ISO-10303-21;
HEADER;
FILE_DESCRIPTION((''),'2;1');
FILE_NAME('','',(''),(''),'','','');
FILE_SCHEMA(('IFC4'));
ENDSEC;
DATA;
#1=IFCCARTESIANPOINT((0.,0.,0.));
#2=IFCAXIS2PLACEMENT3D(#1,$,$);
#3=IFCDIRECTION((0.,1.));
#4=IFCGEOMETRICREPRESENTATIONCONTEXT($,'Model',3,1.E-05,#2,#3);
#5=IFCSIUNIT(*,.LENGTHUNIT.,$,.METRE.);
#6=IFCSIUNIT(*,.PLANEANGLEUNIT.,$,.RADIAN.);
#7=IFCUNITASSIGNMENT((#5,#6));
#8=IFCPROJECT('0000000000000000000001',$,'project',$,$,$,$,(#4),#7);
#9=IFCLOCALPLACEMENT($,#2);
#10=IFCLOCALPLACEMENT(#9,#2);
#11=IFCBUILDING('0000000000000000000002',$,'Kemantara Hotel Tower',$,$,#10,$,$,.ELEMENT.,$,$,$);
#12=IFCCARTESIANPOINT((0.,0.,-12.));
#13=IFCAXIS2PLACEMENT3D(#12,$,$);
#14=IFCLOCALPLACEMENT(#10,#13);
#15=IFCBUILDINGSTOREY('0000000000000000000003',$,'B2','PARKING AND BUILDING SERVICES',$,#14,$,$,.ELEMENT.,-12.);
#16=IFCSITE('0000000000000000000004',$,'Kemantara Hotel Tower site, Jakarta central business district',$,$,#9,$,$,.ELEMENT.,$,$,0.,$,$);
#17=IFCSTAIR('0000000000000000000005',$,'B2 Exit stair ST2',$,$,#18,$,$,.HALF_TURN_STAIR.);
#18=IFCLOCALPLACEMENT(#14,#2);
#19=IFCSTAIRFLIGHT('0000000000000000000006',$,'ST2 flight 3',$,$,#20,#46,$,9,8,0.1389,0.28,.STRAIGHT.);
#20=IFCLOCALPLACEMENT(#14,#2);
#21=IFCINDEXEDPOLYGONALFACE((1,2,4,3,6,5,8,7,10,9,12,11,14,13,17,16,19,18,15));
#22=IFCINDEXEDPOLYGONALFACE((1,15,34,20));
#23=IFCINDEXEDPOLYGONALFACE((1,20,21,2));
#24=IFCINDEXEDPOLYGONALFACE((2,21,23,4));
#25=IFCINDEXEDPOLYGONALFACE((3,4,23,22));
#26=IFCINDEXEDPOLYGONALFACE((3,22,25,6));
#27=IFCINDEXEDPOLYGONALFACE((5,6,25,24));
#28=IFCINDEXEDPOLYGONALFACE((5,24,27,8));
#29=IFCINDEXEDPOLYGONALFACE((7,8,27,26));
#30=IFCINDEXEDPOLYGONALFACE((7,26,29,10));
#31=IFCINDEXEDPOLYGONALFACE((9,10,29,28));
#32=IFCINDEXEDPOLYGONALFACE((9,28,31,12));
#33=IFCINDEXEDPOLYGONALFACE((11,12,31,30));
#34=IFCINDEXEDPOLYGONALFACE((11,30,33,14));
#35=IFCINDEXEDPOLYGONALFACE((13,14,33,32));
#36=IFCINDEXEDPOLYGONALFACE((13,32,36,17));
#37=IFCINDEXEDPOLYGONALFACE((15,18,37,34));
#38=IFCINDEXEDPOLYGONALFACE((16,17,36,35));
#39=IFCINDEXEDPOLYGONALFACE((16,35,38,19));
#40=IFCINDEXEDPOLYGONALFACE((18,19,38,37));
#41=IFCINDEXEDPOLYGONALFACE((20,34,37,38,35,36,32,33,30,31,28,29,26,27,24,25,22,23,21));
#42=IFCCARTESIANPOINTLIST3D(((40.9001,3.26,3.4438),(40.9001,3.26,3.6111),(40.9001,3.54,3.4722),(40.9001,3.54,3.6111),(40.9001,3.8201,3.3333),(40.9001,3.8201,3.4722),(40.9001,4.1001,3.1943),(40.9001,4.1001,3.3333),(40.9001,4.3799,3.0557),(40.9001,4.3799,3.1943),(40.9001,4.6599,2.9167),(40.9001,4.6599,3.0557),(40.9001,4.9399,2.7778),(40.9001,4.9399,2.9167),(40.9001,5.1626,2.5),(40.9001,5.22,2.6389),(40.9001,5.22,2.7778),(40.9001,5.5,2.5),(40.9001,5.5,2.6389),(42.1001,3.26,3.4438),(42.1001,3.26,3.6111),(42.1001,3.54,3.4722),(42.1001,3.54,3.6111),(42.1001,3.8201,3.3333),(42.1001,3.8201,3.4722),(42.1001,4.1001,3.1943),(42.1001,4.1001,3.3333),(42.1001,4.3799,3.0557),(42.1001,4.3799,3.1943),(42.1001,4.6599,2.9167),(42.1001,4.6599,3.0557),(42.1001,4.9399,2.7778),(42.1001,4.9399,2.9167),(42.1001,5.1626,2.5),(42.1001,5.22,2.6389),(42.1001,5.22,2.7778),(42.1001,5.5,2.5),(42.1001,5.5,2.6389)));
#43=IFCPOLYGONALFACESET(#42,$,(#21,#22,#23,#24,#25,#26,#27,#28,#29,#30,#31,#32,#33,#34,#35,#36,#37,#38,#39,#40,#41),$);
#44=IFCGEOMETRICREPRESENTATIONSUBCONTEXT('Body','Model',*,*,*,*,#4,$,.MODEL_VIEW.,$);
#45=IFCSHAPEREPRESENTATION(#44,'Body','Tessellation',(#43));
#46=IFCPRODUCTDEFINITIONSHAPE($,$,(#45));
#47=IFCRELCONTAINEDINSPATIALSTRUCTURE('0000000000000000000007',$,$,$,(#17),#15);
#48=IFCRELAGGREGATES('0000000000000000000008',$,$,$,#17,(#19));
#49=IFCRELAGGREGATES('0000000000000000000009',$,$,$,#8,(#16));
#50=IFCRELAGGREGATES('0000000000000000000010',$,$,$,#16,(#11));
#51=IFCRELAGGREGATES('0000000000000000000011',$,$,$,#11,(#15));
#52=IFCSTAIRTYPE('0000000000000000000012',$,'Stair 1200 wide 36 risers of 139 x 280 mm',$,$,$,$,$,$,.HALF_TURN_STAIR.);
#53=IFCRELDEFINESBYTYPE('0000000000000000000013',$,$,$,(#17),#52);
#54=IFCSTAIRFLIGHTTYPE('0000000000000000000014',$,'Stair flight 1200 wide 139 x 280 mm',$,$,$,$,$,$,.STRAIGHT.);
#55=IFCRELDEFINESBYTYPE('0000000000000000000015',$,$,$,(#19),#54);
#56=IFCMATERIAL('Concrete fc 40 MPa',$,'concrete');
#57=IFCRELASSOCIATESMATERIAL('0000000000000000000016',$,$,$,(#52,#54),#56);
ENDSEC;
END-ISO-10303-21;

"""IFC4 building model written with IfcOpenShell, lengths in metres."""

from ifc_helpers import new_model, si_unit, direction, frame, origin, place, context, subcontext, project, spatial, polyline, outline, extrude, material, type_object, element, aggregate, save


model = new_model("IFC4")

# Units and contexts
model_context = context("Model", 3, precision=1e-05, world=origin(), true_north=direction((0.0, 1.0)))
body_context = subcontext(model_context, "Body", "Model", "MODEL_VIEW")
ifc_project = project(units=[si_unit("LENGTHUNIT", "METRE"), si_unit("PLANEANGLEUNIT", "RADIAN")], contexts=[model_context])

# Site, building, storey
site_placement = place(None, origin())
site = spatial("IfcSite", under=ifc_project, at=site_placement, Name="Kemantara Hotel Tower site, Jakarta central business district", CompositionType="ELEMENT", RefElevation=0.0)
building_placement = place(site_placement, origin())
building = spatial("IfcBuilding", under=site, at=building_placement, Name="Kemantara Hotel Tower", CompositionType="ELEMENT")
storey_placement = place(building_placement, frame((0.0, 0.0, -12.0)))
storey = spatial("IfcBuildingStorey", under=building, at=storey_placement, Name="B2", Description="PARKING AND BUILDING SERVICES", CompositionType="ELEMENT", Elevation=-12.0)

# Stair, stair flight
ifc_material_1 = material(Name="Concrete fc 40 MPa", Category="concrete")
stair_type = type_object("IfcStairType", Name="Stair 1200 wide 36 risers of 139 x 280 mm", PredefinedType="HALF_TURN_STAIR", material=ifc_material_1)
stair_placement = place(storey_placement, origin())
stair = element("IfcStair", 1, at=stair_placement, inside=storey, type_object=stair_type, Name="B2 Exit stair ST2", PredefinedType="HALF_TURN_STAIR")
stair_flight_type = type_object("IfcStairFlightType", Name="Stair flight 1200 wide 139 x 280 mm", PredefinedType="STRAIGHT", material=ifc_material_1)
stair_flight_1_placement = place(storey_placement, frame((41.5, 5.5, 2.5), z_axis=(0.0, 0.0, 1.0), x_axis=(0.0, -1.0, 0.0)))
stair_flight_1 = element("IfcStairFlight", 2, at=stair_flight_1_placement, type_object=stair_flight_type, Name="ST2 flight 3", NumberOfRisers=9, NumberOfTreads=8, PredefinedType="STRAIGHT", RiserHeight=0.1389, TreadLength=0.28, context=body_context, shape_type="SweptSolid", body=[
    extrude(outline(polyline([(0.0, 0.0), (0.0, 0.1389), (0.28, 0.1389), (0.28, 0.2778), (0.5601, 0.2778), (0.5601, 0.4167), (0.8401, 0.4167), (0.8401, 0.5557), (1.1201, 0.5557), (1.1201, 0.6943), (1.3999, 0.6943), (1.3999, 0.8333), (1.6799, 0.8333), (1.6799, 0.9722), (1.96, 0.9722), (1.96, 1.1111), (2.24, 1.1111), (2.24, 1.25), (2.24, 0.9438), (0.3374, 0.0), (0.0, 0.0)])), frame((0.0, 0.6001, 0.0), z_axis=(0.0, -1.0, 0.0), x_axis=(1.0, 0.0, 0.0)), (0.0, 0.0, 1.0), 1.2),
])
aggregate(stair, [stair_flight_1])

save(model, "model.ifc")
